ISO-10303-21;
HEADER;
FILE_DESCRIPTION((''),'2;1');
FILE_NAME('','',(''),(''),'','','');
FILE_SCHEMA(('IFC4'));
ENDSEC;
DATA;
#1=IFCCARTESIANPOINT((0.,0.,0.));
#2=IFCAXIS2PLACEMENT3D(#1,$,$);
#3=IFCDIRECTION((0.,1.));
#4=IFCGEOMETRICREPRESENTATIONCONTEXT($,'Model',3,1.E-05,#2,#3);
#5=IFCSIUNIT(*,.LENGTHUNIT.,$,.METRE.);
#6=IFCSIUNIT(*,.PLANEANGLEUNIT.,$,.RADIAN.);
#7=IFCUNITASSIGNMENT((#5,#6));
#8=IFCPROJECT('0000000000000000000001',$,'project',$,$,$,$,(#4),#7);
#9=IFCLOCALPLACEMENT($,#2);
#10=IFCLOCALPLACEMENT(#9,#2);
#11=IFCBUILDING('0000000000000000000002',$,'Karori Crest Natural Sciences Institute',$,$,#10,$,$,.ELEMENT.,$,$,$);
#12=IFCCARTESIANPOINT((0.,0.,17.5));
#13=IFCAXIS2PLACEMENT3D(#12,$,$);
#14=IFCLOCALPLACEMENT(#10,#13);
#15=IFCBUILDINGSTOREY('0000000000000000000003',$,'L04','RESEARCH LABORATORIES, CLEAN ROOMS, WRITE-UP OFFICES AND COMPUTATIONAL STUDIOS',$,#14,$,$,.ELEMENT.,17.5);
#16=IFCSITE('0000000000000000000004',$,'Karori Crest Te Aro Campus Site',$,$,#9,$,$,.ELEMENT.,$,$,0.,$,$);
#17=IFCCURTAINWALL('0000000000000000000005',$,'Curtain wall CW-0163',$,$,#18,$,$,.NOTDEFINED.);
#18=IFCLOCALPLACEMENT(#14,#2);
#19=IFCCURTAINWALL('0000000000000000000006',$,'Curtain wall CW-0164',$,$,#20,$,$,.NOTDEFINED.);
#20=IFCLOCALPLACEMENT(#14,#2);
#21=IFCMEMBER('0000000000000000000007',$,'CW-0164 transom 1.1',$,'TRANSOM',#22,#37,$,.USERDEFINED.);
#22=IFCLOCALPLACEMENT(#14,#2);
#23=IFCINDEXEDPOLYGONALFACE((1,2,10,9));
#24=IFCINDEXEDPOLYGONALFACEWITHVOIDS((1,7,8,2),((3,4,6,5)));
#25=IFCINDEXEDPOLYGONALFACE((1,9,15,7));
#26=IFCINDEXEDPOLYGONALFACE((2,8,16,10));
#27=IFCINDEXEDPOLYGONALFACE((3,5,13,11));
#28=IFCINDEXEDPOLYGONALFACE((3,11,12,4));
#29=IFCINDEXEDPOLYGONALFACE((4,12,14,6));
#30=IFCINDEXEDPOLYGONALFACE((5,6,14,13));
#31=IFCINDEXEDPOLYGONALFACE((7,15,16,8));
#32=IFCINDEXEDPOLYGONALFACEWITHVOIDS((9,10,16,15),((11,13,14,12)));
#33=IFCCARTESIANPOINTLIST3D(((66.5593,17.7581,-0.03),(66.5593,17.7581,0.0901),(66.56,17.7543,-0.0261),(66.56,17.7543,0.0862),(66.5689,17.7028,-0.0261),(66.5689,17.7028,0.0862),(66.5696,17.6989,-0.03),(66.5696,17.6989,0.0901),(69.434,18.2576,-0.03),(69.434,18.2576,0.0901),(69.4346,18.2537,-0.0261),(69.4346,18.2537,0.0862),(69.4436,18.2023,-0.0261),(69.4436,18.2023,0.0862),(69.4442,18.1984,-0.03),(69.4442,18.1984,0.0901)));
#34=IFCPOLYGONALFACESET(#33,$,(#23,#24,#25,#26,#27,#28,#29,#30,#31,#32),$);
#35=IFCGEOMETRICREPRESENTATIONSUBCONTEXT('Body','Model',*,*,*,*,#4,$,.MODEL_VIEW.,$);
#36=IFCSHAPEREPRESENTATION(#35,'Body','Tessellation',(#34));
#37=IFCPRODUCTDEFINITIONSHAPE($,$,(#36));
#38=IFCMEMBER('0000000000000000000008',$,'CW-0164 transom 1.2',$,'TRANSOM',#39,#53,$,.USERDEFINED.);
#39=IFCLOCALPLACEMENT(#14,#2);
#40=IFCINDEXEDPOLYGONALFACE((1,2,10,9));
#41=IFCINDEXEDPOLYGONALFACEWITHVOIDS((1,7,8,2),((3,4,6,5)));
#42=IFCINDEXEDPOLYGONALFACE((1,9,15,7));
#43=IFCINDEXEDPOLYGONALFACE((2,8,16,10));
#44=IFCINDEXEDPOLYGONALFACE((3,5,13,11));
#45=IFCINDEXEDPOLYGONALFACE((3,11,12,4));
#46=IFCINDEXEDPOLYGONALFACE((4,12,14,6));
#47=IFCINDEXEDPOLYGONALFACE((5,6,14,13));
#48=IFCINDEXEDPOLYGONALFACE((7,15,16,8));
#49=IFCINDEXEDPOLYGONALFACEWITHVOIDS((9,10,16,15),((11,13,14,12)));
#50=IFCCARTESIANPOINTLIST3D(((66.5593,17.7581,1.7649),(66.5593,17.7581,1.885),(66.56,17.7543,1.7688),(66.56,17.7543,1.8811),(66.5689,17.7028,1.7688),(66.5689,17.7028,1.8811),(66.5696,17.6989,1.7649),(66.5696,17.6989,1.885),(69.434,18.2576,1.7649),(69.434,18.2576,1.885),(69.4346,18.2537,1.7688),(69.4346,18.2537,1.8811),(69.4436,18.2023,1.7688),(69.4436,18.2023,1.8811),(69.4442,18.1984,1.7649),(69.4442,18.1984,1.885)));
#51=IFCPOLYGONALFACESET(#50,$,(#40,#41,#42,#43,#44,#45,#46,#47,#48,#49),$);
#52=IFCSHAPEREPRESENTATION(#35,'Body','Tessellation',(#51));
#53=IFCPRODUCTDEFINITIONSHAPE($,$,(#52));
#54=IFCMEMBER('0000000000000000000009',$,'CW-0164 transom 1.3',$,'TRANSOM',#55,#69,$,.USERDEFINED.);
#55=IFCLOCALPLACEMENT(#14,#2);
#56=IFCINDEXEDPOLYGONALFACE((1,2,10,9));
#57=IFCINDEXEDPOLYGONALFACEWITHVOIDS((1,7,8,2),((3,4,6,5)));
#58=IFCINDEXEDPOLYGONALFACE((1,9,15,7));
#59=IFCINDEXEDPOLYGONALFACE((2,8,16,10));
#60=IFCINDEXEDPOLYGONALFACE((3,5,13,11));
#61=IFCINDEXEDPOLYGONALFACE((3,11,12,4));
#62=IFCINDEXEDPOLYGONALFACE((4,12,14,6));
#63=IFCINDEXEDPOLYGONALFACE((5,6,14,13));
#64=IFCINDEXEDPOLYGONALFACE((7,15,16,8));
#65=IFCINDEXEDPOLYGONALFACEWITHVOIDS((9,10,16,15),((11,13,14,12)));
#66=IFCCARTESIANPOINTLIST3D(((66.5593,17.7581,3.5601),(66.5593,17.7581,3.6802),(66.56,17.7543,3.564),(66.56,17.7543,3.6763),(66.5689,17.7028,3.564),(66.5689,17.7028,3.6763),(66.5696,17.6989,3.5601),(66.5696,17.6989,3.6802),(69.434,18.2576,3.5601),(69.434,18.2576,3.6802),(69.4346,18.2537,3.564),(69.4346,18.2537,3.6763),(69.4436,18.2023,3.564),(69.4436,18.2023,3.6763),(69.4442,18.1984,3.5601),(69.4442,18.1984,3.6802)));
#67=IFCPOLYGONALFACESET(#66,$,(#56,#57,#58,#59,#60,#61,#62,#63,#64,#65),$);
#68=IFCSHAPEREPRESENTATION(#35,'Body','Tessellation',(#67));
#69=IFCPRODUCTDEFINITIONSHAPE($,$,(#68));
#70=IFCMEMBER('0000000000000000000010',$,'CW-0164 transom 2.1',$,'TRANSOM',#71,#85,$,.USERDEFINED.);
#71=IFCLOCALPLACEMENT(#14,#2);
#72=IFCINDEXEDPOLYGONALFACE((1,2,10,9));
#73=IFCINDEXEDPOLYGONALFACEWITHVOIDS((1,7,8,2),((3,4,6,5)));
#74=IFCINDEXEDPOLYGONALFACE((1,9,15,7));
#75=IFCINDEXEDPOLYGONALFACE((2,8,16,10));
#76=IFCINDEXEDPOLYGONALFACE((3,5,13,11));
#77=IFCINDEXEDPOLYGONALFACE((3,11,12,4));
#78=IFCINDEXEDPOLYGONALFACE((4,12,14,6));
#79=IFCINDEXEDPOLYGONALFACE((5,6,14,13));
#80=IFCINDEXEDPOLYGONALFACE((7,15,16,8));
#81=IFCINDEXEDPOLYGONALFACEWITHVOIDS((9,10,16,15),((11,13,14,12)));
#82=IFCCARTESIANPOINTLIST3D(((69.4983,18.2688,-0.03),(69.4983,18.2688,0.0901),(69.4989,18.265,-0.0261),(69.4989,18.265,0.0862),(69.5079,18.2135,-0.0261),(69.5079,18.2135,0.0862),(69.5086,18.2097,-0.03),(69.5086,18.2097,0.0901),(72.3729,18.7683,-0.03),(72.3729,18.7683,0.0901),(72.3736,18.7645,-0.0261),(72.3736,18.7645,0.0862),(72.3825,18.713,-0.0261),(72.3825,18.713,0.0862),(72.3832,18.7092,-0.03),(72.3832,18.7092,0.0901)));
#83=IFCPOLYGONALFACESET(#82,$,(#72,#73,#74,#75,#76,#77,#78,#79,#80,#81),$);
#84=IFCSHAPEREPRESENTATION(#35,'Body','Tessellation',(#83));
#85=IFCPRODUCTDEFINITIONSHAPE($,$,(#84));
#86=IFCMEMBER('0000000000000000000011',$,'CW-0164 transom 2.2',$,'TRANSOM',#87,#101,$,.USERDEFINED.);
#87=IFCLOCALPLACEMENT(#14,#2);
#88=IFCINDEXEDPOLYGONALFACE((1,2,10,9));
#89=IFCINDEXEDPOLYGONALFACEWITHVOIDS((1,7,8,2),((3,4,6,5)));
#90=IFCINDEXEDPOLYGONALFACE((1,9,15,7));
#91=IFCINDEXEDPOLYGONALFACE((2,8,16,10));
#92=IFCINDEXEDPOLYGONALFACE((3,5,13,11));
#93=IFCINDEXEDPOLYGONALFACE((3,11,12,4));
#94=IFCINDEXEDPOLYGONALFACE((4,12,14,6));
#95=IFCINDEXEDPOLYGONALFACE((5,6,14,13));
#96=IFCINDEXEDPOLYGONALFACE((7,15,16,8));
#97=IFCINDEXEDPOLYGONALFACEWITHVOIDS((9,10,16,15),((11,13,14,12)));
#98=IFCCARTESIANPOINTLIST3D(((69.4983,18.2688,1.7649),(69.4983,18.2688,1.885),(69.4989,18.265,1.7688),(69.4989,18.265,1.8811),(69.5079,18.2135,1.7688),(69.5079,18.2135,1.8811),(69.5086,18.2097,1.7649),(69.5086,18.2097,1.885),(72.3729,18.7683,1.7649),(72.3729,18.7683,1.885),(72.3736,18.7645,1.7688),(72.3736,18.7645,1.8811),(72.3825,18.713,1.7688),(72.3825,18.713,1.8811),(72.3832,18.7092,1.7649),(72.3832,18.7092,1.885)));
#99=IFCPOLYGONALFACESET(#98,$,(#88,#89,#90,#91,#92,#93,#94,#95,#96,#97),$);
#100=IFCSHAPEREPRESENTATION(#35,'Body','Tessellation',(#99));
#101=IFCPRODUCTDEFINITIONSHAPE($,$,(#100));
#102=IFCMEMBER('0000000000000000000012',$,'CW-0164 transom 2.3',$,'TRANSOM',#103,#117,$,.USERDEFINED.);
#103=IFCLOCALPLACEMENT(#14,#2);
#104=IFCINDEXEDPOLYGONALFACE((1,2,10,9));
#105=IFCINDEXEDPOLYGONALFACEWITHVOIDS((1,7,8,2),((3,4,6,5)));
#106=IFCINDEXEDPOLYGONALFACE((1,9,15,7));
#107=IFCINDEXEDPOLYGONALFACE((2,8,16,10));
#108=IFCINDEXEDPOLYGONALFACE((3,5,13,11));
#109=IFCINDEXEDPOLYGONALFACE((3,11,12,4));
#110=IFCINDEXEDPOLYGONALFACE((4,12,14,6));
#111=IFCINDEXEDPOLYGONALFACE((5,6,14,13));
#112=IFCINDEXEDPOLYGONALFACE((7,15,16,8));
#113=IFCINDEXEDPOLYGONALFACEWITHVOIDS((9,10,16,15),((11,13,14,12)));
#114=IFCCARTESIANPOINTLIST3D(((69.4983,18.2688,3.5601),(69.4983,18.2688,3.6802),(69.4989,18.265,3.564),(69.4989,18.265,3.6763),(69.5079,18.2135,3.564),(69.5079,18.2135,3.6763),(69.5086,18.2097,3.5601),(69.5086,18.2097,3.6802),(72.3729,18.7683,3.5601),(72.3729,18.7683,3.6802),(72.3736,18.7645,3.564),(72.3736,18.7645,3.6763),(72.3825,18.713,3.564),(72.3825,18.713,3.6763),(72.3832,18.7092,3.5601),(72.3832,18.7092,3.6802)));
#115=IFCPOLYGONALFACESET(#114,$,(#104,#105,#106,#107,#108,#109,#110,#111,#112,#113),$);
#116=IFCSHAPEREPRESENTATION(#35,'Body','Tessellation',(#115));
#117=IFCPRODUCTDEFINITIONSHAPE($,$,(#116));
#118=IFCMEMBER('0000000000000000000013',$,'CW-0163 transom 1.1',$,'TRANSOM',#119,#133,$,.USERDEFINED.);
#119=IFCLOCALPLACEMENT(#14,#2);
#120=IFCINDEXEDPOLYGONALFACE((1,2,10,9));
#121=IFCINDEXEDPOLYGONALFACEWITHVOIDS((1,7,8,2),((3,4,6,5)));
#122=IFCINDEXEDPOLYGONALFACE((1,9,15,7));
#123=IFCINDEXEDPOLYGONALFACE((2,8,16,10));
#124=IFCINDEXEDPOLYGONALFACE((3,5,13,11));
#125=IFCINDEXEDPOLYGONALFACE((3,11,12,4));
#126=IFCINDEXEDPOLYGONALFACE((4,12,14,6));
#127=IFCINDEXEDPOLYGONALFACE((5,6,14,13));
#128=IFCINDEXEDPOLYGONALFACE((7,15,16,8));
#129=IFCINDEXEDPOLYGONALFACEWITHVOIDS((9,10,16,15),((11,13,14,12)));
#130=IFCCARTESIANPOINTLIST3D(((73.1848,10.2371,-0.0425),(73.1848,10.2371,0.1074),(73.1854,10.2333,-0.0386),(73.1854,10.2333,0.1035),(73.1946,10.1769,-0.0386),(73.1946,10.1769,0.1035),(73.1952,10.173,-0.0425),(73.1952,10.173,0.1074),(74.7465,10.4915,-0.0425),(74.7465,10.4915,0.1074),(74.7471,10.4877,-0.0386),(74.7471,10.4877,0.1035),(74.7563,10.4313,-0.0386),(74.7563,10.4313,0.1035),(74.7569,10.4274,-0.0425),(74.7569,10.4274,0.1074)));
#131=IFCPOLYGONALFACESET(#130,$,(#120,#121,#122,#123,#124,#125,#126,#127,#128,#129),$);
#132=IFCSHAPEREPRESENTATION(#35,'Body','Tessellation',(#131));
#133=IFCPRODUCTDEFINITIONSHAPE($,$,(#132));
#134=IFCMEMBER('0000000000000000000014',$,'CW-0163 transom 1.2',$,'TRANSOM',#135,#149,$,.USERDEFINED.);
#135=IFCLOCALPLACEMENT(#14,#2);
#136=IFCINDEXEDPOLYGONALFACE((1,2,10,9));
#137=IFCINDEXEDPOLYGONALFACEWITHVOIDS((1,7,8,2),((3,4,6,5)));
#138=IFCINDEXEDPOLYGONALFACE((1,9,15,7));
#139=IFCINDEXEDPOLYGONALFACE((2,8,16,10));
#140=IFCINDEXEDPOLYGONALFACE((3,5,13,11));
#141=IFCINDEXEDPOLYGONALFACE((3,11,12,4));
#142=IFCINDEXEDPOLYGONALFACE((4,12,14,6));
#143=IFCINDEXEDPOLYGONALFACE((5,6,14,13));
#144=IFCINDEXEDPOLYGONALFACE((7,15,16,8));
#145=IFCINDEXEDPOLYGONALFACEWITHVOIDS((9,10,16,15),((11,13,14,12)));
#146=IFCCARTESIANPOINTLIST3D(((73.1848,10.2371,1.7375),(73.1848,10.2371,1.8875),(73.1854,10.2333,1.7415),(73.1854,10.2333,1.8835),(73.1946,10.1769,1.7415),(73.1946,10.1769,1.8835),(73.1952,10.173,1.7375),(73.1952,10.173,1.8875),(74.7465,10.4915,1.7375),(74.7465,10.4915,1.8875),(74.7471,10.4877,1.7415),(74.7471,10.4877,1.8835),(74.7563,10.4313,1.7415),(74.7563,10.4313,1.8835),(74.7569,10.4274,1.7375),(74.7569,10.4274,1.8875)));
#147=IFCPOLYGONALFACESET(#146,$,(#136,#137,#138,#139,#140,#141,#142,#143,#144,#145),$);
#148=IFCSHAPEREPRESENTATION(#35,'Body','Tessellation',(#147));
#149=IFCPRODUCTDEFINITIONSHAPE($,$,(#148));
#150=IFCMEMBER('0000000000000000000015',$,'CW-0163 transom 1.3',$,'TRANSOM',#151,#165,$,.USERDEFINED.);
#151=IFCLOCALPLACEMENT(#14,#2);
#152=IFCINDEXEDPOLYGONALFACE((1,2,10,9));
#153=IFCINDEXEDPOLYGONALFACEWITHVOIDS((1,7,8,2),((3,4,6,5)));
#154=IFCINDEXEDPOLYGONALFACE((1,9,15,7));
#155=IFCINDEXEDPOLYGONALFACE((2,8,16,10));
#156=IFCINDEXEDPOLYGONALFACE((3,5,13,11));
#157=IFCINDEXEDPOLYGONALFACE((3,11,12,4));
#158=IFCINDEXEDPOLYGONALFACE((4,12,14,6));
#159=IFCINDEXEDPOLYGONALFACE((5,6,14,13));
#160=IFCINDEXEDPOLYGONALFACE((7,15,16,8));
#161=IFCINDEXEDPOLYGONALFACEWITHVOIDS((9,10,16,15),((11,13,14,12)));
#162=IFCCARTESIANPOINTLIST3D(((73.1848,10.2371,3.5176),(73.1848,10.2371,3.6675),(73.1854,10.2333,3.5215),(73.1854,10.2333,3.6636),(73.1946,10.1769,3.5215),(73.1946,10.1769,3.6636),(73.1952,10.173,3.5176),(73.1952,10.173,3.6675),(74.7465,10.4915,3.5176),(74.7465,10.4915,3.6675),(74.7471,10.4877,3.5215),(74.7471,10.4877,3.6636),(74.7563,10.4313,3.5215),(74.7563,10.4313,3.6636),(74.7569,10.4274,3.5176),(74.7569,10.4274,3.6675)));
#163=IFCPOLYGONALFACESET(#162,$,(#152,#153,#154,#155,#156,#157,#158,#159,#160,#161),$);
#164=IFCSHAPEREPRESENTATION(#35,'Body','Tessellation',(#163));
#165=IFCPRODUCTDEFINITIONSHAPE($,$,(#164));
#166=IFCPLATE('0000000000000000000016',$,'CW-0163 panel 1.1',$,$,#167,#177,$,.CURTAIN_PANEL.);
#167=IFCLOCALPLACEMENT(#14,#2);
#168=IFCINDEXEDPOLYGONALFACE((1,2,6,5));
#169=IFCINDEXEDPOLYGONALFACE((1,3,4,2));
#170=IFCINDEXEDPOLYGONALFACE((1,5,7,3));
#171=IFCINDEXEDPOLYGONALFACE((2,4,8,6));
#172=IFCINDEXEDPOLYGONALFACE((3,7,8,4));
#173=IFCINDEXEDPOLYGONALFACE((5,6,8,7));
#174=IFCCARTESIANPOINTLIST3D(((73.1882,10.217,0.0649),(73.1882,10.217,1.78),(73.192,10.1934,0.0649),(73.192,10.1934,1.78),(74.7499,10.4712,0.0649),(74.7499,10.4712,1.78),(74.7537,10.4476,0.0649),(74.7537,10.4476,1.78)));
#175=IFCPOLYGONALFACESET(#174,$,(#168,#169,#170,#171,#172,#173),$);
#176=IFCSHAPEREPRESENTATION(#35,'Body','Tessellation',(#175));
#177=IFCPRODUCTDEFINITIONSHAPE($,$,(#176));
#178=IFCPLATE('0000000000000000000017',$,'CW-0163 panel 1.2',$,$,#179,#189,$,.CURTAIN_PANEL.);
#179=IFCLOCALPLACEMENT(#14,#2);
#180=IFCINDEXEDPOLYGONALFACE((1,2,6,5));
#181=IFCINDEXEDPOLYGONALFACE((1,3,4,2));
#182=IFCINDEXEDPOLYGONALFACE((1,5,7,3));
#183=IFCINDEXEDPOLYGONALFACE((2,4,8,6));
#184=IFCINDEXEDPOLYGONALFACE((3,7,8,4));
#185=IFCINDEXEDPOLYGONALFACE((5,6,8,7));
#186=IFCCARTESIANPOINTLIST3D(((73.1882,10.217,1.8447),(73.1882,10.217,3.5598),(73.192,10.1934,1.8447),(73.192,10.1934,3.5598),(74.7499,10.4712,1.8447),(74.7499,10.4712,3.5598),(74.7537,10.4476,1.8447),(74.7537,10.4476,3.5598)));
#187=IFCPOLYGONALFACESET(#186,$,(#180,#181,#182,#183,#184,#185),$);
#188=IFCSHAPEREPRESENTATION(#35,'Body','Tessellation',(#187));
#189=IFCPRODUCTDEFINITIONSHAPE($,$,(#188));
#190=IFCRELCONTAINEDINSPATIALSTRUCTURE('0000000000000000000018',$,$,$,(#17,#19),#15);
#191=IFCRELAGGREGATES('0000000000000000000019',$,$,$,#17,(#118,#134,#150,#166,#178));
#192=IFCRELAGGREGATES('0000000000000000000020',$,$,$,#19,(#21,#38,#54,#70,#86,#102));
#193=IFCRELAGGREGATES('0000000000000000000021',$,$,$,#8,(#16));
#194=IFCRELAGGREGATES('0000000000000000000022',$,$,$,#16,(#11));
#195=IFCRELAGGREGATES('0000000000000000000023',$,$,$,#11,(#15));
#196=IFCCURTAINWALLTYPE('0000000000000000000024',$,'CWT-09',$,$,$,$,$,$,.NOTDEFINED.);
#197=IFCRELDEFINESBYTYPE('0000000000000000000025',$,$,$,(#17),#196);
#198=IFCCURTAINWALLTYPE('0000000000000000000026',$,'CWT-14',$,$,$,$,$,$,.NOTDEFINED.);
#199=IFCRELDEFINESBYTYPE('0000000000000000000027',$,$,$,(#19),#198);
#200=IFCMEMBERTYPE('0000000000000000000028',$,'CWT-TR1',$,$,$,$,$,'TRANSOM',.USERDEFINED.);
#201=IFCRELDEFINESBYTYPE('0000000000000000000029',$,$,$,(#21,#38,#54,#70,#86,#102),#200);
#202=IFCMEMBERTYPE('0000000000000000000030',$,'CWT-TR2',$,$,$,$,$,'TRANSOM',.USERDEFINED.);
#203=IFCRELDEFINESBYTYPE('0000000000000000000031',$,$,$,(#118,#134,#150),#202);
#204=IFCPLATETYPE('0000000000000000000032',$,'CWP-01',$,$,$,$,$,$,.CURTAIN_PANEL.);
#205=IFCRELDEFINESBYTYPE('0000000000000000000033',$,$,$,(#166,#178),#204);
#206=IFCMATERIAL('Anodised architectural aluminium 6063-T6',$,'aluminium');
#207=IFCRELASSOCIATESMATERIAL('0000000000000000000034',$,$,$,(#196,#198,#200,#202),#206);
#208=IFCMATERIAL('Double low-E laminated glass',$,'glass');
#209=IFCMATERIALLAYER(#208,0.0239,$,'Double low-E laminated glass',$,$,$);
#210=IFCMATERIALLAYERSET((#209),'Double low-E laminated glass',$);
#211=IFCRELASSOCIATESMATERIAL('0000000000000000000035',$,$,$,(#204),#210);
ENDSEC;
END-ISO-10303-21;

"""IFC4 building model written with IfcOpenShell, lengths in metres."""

from ifc_helpers import new_model, si_unit, direction, frame, origin, origin_2d, place, context, subcontext, project, spatial, rectangle, hollow_rectangle, extrude, material, layer, layer_set, material_profile, profile_set, type_object, element, aggregate, save


model = new_model("IFC4")

# Units and contexts
model_context = context("Model", 3, precision=1e-05, world=origin(), true_north=direction((0.0, 1.0)))
body_context = subcontext(model_context, "Body", "Model", "MODEL_VIEW")
ifc_project = project(units=[si_unit("LENGTHUNIT", "METRE"), si_unit("PLANEANGLEUNIT", "RADIAN")], contexts=[model_context])

# Site, building, storey
site_placement = place(None, origin())
site = spatial("IfcSite", under=ifc_project, at=site_placement, Name="Karori Crest Te Aro Campus Site", CompositionType="ELEMENT", RefElevation=0.0)
building_placement = place(site_placement, origin())
building = spatial("IfcBuilding", under=site, at=building_placement, Name="Karori Crest Natural Sciences Institute", CompositionType="ELEMENT")
storey_placement = place(building_placement, frame((0.0, 0.0, 17.5)))
storey = spatial("IfcBuildingStorey", under=building, at=storey_placement, Name="L04", Description="RESEARCH LABORATORIES, CLEAN ROOMS, WRITE-UP OFFICES AND COMPUTATIONAL STUDIOS", CompositionType="ELEMENT", Elevation=17.5)

# Curtain wall
ifc_material_1 = material(Name="Anodised architectural aluminium 6063-T6", Category="aluminium")
curtain_wall_type_1 = type_object("IfcCurtainWallType", Name="CWT-09", PredefinedType="NOTDEFINED", material=ifc_material_1)
curtain_wall_1_placement = place(storey_placement, origin())
curtain_wall_1 = element("IfcCurtainWall", 1, at=curtain_wall_1_placement, inside=storey, type_object=curtain_wall_type_1, Name="Curtain wall CW-0163", PredefinedType="NOTDEFINED")

# Curtain wall
curtain_wall_type_2 = type_object("IfcCurtainWallType", Name="CWT-14", PredefinedType="NOTDEFINED", material=ifc_material_1)
curtain_wall_2_placement = place(storey_placement, origin())
curtain_wall_2 = element("IfcCurtainWall", 2, at=curtain_wall_2_placement, inside=storey, type_object=curtain_wall_type_2, Name="Curtain wall CW-0164", PredefinedType="NOTDEFINED")

# Members
ifc_material_profile_1 = material_profile(ifc_material_1, hollow_rectangle(XDim=0.0601, YDim=0.1201, WallThickness=0.0039, at=origin_2d()), Name="CWT120x60x4")
ifc_profile_set_1 = profile_set([ifc_material_profile_1], Name="Anodised architectural aluminium 6063-T6")
member_type_1 = type_object("IfcMemberType", Name="CWT-TR1", ElementType="TRANSOM", PredefinedType="USERDEFINED", material=ifc_profile_set_1)
member_1_placement = place(storey_placement, frame((66.5645, 17.7285, 0.03), z_axis=(0.985238, 0.171193, 0.0), x_axis=(-0.171193, 0.985238, 0.0)))
member_1 = element("IfcMember", 3, at=member_1_placement, type_object=member_type_1, Name="CW-0164 transom 1.1", ObjectType="TRANSOM", PredefinedType="USERDEFINED", context=body_context, shape_type="SweptSolid", body=[
    extrude(hollow_rectangle(XDim=0.0601, YDim=0.1201, WallThickness=0.0039, at=origin_2d()), origin(), (0.0, 0.0, 1.0), 2.9177),
])
member_2_placement = place(storey_placement, frame((66.5645, 17.7285, 1.825), z_axis=(0.985238, 0.171193, 0.0), x_axis=(-0.171193, 0.985238, 0.0)))
member_2 = element("IfcMember", 4, at=member_2_placement, type_object=member_type_1, Name="CW-0164 transom 1.2", ObjectType="TRANSOM", PredefinedType="USERDEFINED", context=body_context, shape_type="SweptSolid", body=[
    extrude(hollow_rectangle(XDim=0.0601, YDim=0.1201, WallThickness=0.0039, at=origin_2d()), origin(), (0.0, 0.0, 1.0), 2.9177),
])
member_3_placement = place(storey_placement, frame((66.5645, 17.7285, 3.6201), z_axis=(0.985238, 0.171193, 0.0), x_axis=(-0.171193, 0.985238, 0.0)))
member_3 = element("IfcMember", 5, at=member_3_placement, type_object=member_type_1, Name="CW-0164 transom 1.3", ObjectType="TRANSOM", PredefinedType="USERDEFINED", context=body_context, shape_type="SweptSolid", body=[
    extrude(hollow_rectangle(XDim=0.0601, YDim=0.1201, WallThickness=0.0039, at=origin_2d()), origin(), (0.0, 0.0, 1.0), 2.9177),
])
member_4_placement = place(storey_placement, frame((69.5034, 18.2393, 0.03), z_axis=(0.985238, 0.171193, 0.0), x_axis=(-0.171193, 0.985238, 0.0)))
member_4 = element("IfcMember", 6, at=member_4_placement, type_object=member_type_1, Name="CW-0164 transom 2.1", ObjectType="TRANSOM", PredefinedType="USERDEFINED", context=body_context, shape_type="SweptSolid", body=[
    extrude(hollow_rectangle(XDim=0.0601, YDim=0.1201, WallThickness=0.0039, at=origin_2d()), origin(), (0.0, 0.0, 1.0), 2.9177),
])
member_5_placement = place(storey_placement, frame((69.5034, 18.2393, 1.825), z_axis=(0.985238, 0.171193, 0.0), x_axis=(-0.171193, 0.985238, 0.0)))
member_5 = element("IfcMember", 7, at=member_5_placement, type_object=member_type_1, Name="CW-0164 transom 2.2", ObjectType="TRANSOM", PredefinedType="USERDEFINED", context=body_context, shape_type="SweptSolid", body=[
    extrude(hollow_rectangle(XDim=0.0601, YDim=0.1201, WallThickness=0.0039, at=origin_2d()), origin(), (0.0, 0.0, 1.0), 2.9177),
])
member_6_placement = place(storey_placement, frame((69.5034, 18.2393, 3.6201), z_axis=(0.985238, 0.171193, 0.0), x_axis=(-0.171193, 0.985238, 0.0)))
member_6 = element("IfcMember", 8, at=member_6_placement, type_object=member_type_1, Name="CW-0164 transom 2.3", ObjectType="TRANSOM", PredefinedType="USERDEFINED", context=body_context, shape_type="SweptSolid", body=[
    extrude(hollow_rectangle(XDim=0.0601, YDim=0.1201, WallThickness=0.0039, at=origin_2d()), origin(), (0.0, 0.0, 1.0), 2.9177),
])
ifc_material_profile_2 = material_profile(ifc_material_1, hollow_rectangle(XDim=0.0649, YDim=0.1499, WallThickness=0.0039, at=origin_2d()), Name="CWT150x65x4")
ifc_profile_set_2 = profile_set([ifc_material_profile_2], Name="Anodised architectural aluminium 6063-T6")
member_type_2 = type_object("IfcMemberType", Name="CWT-TR2", ElementType="TRANSOM", PredefinedType="USERDEFINED", material=ifc_profile_set_2)
member_7_placement = place(storey_placement, frame((74.7517, 10.4595, 0.0325), z_axis=(-0.986992, -0.16077, 0.0), x_axis=(0.16077, -0.986992, 0.0)))
member_7 = element("IfcMember", 9, at=member_7_placement, type_object=member_type_2, Name="CW-0163 transom 1.1", ObjectType="TRANSOM", PredefinedType="USERDEFINED", context=body_context, shape_type="SweptSolid", body=[
    extrude(hollow_rectangle(XDim=0.0649, YDim=0.1499, WallThickness=0.0039, at=origin_2d()), origin(), (0.0, 0.0, 1.0), 1.5823),
])
member_8_placement = place(storey_placement, frame((74.7517, 10.4595, 1.8125), z_axis=(-0.986992, -0.16077, 0.0), x_axis=(0.16077, -0.986992, 0.0)))
member_8 = element("IfcMember", 10, at=member_8_placement, type_object=member_type_2, Name="CW-0163 transom 1.2", ObjectType="TRANSOM", PredefinedType="USERDEFINED", context=body_context, shape_type="SweptSolid", body=[
    extrude(hollow_rectangle(XDim=0.0649, YDim=0.1499, WallThickness=0.0039, at=origin_2d()), origin(), (0.0, 0.0, 1.0), 1.5823),
])
member_9_placement = place(storey_placement, frame((74.7517, 10.4595, 3.5925), z_axis=(-0.986992, -0.16077, 0.0), x_axis=(0.16077, -0.986992, 0.0)))
member_9 = element("IfcMember", 11, at=member_9_placement, type_object=member_type_2, Name="CW-0163 transom 1.3", ObjectType="TRANSOM", PredefinedType="USERDEFINED", context=body_context, shape_type="SweptSolid", body=[
    extrude(hollow_rectangle(XDim=0.0649, YDim=0.1499, WallThickness=0.0039, at=origin_2d()), origin(), (0.0, 0.0, 1.0), 1.5823),
])

# Plates
ifc_material_2 = material(Name="Double low-E laminated glass", Category="glass")
ifc_layer_1 = layer(ifc_material_2, 0.0239, Name="Double low-E laminated glass")
ifc_layer_set_1 = layer_set([ifc_layer_1], Name="Double low-E laminated glass")
plate_type_1 = type_object("IfcPlateType", Name="CWP-01", PredefinedType="CURTAIN_PANEL", material=ifc_layer_set_1)
plate_1_placement = place(storey_placement, frame((73.9709, 10.3323, 0.0649), z_axis=(0.0, 0.0, 1.0), x_axis=(-0.987011, -0.16065, 0.0)))
plate_1 = element("IfcPlate", 12, at=plate_1_placement, type_object=plate_type_1, Name="CW-0163 panel 1.1", PredefinedType="CURTAIN_PANEL", context=body_context, shape_type="SweptSolid", body=[
    extrude(rectangle(XDim=1.5823, YDim=0.0239, at=origin_2d()), origin(), (0.0, 0.0, 1.0), 1.7151),
])
plate_2_placement = place(storey_placement, frame((73.9709, 10.3323, 1.8447), z_axis=(0.0, 0.0, 1.0), x_axis=(-0.987011, -0.16065, 0.0)))
plate_2 = element("IfcPlate", 13, at=plate_2_placement, type_object=plate_type_1, Name="CW-0163 panel 1.2", PredefinedType="CURTAIN_PANEL", context=body_context, shape_type="SweptSolid", body=[
    extrude(rectangle(XDim=1.5823, YDim=0.0239, at=origin_2d()), origin(), (0.0, 0.0, 1.0), 1.7151),
])
aggregate(curtain_wall_1, [member_7, member_8, member_9, plate_1, plate_2])
aggregate(curtain_wall_2, [member_1, member_2, member_3, member_4, member_5, member_6])

save(model, "model.ifc")
